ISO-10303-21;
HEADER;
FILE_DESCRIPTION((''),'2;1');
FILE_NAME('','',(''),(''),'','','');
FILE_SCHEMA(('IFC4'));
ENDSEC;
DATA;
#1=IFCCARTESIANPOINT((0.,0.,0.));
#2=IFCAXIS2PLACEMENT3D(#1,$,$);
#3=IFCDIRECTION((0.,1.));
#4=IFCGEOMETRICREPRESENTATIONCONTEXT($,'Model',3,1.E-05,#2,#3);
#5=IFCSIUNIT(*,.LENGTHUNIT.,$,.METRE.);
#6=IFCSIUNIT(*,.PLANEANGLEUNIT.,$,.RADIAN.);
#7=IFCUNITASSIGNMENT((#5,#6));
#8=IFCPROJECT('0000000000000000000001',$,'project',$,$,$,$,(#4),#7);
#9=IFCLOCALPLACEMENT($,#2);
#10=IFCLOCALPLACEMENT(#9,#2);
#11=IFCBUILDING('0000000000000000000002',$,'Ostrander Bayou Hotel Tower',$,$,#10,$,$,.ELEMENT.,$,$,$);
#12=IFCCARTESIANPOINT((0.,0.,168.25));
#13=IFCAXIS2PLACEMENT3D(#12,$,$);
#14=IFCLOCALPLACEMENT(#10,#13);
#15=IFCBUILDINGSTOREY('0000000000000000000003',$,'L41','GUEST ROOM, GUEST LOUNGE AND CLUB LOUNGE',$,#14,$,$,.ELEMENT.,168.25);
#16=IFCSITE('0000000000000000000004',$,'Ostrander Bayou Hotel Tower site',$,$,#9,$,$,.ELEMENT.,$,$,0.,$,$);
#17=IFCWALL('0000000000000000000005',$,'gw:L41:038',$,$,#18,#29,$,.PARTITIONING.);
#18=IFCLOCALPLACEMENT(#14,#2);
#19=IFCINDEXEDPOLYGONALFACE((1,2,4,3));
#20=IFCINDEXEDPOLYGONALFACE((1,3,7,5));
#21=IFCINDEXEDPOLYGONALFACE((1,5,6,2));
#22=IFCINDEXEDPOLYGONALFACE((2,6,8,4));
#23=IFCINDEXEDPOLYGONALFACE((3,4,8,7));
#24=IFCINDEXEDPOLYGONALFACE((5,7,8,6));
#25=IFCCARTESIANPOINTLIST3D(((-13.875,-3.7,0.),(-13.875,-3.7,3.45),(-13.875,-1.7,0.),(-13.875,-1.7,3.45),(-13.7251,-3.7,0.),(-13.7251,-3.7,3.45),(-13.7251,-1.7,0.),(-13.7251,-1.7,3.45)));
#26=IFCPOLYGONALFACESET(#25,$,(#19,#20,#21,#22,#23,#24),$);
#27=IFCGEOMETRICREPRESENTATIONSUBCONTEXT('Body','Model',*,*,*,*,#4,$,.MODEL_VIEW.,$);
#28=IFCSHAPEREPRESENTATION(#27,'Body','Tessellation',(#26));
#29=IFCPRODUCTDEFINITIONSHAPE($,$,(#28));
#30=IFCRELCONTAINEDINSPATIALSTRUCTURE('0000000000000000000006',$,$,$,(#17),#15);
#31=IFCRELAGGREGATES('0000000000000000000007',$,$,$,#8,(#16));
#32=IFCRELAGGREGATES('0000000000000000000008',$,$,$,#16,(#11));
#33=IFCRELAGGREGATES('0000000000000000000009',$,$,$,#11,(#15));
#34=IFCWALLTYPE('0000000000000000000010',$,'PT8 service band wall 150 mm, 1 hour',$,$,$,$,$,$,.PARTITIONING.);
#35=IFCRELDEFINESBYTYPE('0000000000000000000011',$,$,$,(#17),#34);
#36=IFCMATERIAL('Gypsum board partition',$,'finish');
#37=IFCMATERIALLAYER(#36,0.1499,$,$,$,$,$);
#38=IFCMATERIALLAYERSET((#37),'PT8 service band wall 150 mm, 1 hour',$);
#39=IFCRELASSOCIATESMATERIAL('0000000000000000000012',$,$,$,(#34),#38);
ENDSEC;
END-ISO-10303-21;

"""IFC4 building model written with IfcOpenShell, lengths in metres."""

from ifc_helpers import new_model, si_unit, direction, frame, frame_2d, origin, place, context, subcontext, project, spatial, rectangle, extrude, material, layer, layer_set, type_object, element, save


model = new_model("IFC4")

# Units and contexts
model_context = context("Model", 3, precision=1e-05, world=origin(), true_north=direction((0.0, 1.0)))
body_context = subcontext(model_context, "Body", "Model", "MODEL_VIEW")
ifc_project = project(units=[si_unit("LENGTHUNIT", "METRE"), si_unit("PLANEANGLEUNIT", "RADIAN")], contexts=[model_context])

# Site, building, storey
site_placement = place(None, origin())
site = spatial("IfcSite", under=ifc_project, at=site_placement, Name="Ostrander Bayou Hotel Tower site", CompositionType="ELEMENT", RefElevation=0.0)
building_placement = place(site_placement, origin())
building = spatial("IfcBuilding", under=site, at=building_placement, Name="Ostrander Bayou Hotel Tower", CompositionType="ELEMENT")
storey_placement = place(building_placement, frame((0.0, 0.0, 168.25)))
storey = spatial("IfcBuildingStorey", under=building, at=storey_placement, Name="L41", Description="GUEST ROOM, GUEST LOUNGE AND CLUB LOUNGE", CompositionType="ELEMENT", Elevation=168.25)

# Shared definitions
ifc_material_1 = material(Name="Gypsum board partition", Category="finish")
ifc_layer_1 = layer(ifc_material_1, 0.1499)
ifc_layer_set_1 = layer_set([ifc_layer_1], Name="PT8 service band wall 150 mm, 1 hour")
wall_type_1 = type_object("IfcWallType", Name="PT8 service band wall 150 mm, 1 hour", PredefinedType="PARTITIONING", material=ifc_layer_set_1)

# Wall
wall_1_placement = place(storey_placement, frame((-13.8, -3.7, 0.0), z_axis=(0.0, 0.0, 1.0), x_axis=(0.0, 1.0, 0.0)))
element("IfcWall", 1, at=wall_1_placement, inside=storey, type_object=wall_type_1, Name="gw:L41:038", PredefinedType="PARTITIONING", context=body_context, shape_type="SweptSolid", body=[
    extrude(rectangle(XDim=2.0, YDim=0.1499, at=frame_2d((1.0, 0.0))), origin(), (0.0, 0.0, 1.0), 3.45),
])

save(model, "model.ifc")
